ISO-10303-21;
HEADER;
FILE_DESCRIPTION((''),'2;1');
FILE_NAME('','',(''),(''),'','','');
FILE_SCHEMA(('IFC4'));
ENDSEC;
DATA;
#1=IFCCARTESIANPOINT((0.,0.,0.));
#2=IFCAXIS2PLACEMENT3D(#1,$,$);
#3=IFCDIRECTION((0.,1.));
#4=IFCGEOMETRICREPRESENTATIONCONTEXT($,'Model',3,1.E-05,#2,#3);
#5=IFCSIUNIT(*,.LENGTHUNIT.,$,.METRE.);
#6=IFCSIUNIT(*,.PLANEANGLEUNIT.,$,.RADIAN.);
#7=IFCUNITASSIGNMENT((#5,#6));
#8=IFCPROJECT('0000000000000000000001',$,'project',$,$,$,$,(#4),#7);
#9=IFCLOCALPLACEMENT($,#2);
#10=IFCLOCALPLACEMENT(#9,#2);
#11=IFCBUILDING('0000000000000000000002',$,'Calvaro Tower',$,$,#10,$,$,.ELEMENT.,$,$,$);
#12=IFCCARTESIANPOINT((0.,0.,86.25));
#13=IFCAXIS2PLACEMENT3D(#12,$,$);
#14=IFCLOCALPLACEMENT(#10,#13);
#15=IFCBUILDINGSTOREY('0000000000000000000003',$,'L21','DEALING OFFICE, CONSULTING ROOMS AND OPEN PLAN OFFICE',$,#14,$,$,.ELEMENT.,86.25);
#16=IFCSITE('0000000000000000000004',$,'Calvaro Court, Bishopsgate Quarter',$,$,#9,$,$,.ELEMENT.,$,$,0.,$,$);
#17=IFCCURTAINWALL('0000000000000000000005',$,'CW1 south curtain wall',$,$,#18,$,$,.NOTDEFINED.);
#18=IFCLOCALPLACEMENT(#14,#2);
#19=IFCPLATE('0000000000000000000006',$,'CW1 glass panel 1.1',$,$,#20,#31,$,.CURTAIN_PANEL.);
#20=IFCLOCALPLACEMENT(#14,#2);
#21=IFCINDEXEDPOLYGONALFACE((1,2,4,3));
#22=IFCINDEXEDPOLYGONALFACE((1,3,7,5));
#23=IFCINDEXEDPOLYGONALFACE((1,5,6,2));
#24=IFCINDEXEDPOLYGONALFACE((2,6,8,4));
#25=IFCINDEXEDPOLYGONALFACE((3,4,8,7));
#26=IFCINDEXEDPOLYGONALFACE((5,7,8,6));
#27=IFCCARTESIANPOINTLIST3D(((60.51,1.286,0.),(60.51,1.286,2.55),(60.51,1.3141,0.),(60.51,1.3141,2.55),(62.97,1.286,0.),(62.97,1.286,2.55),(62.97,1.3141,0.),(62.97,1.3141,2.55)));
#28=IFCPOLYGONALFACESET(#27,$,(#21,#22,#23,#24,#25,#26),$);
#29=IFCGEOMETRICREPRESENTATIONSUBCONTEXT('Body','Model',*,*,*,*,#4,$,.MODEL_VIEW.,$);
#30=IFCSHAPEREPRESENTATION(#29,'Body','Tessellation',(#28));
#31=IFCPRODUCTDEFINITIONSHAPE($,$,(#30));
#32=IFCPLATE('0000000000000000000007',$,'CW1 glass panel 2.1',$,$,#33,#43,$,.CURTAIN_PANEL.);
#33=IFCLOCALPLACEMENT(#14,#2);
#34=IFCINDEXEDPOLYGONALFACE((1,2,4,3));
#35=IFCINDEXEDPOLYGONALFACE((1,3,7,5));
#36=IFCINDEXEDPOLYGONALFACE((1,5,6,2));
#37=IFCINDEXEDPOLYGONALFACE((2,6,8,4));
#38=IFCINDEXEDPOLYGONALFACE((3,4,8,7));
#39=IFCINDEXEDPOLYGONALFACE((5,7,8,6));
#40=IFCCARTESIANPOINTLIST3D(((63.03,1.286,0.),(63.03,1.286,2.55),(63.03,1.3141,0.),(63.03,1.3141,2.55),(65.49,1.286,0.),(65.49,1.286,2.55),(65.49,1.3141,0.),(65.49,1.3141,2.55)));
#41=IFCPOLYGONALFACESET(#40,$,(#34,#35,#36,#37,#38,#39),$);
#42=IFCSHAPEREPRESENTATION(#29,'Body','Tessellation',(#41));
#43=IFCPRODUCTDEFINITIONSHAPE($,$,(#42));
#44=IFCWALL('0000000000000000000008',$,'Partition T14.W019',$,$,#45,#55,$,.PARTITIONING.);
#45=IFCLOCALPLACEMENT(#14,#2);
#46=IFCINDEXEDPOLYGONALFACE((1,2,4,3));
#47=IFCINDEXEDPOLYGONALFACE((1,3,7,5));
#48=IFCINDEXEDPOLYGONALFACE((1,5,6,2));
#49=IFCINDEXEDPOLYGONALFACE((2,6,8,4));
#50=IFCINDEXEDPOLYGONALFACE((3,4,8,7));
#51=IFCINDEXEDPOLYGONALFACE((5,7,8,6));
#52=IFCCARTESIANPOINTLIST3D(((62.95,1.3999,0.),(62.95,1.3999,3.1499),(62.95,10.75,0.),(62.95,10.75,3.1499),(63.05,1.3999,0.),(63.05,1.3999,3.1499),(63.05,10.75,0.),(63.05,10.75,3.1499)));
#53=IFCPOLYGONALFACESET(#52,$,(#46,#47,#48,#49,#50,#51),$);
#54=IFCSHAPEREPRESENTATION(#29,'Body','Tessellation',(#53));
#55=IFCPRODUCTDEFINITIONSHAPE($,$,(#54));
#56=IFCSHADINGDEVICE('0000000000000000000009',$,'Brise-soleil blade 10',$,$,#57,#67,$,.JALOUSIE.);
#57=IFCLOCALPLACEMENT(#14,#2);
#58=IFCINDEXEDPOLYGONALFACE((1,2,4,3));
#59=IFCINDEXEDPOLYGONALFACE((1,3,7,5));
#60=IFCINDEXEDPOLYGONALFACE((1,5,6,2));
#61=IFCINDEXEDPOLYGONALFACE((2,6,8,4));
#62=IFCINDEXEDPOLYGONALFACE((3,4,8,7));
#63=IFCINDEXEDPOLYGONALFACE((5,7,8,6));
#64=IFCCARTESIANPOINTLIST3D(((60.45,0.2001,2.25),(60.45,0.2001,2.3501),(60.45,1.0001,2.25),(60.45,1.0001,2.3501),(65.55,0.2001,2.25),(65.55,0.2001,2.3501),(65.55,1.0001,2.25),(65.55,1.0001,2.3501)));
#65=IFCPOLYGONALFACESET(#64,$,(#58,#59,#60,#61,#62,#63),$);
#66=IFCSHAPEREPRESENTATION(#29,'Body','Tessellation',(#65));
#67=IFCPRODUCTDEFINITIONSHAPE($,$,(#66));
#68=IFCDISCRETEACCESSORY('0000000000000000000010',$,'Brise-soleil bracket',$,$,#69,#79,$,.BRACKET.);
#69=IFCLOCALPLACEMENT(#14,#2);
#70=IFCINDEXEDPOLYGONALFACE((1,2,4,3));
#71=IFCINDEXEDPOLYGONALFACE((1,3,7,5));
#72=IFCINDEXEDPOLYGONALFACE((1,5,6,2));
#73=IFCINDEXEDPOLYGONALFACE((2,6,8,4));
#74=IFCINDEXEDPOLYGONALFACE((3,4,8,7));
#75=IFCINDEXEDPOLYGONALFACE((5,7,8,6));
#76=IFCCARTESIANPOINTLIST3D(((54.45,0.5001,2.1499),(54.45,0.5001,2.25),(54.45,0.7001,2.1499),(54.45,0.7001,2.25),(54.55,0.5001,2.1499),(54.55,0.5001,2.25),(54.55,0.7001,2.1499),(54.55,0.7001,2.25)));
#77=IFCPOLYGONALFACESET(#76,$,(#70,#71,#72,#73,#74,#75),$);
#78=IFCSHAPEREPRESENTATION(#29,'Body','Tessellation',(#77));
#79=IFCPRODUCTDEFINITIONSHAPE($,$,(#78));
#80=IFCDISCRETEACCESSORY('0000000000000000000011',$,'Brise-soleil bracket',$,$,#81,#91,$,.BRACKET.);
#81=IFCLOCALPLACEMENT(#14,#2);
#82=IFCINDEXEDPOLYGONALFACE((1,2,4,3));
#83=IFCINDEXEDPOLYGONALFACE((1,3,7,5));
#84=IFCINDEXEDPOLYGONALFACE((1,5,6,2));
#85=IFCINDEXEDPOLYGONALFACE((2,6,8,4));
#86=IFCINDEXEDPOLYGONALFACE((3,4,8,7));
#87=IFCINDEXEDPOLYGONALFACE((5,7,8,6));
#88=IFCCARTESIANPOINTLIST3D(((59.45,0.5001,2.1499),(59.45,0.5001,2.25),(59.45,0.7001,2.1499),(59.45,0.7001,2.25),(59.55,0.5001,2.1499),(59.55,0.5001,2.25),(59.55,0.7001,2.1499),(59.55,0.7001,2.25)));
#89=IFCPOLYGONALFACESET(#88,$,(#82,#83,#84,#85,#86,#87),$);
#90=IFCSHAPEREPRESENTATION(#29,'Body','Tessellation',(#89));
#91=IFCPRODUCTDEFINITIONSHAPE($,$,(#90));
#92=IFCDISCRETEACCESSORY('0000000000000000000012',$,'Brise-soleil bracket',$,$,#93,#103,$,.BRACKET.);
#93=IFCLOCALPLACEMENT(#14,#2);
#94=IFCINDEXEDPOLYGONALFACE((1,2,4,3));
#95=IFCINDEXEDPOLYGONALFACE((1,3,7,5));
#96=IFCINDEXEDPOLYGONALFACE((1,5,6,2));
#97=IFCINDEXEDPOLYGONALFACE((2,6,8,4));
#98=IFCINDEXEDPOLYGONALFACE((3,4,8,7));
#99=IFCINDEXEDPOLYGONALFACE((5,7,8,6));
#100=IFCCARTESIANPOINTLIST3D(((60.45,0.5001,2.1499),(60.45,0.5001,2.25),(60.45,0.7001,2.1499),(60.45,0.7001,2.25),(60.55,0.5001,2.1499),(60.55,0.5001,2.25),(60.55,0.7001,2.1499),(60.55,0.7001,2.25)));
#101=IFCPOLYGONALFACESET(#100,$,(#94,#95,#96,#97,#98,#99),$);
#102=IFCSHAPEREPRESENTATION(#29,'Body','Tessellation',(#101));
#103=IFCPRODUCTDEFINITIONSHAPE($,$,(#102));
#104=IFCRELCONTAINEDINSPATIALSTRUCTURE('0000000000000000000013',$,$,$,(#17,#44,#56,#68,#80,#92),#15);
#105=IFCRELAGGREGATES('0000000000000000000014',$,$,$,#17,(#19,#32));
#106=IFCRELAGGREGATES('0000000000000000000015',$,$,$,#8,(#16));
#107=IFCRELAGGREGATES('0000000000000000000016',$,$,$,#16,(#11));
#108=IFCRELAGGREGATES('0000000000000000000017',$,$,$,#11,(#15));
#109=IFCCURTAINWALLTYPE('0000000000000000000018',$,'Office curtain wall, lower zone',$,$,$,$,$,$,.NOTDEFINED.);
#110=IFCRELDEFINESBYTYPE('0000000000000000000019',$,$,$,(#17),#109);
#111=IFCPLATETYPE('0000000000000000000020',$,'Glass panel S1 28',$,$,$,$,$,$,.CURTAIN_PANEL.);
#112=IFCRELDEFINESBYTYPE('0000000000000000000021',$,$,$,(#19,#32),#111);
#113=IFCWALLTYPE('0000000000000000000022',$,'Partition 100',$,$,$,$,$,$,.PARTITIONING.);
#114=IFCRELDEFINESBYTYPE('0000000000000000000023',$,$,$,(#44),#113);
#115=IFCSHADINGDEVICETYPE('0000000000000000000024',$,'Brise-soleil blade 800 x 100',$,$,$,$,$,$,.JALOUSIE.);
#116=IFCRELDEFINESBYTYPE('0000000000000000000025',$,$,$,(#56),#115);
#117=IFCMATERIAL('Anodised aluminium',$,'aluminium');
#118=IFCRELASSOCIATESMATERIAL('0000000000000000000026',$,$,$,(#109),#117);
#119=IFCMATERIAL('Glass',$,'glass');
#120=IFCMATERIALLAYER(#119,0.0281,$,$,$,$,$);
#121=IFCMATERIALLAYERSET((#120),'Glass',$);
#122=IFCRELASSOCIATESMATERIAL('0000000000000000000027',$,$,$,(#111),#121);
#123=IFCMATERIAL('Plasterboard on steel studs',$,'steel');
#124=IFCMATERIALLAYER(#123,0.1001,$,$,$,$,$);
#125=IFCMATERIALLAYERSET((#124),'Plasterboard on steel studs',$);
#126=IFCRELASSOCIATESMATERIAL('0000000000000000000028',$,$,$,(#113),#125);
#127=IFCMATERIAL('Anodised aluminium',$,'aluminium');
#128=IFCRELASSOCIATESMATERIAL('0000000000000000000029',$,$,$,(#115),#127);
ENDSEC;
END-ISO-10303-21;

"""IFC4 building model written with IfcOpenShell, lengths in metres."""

from ifc_helpers import new_model, si_unit, direction, frame, frame_2d, origin, origin_2d, place, context, subcontext, project, spatial, rectangle, extrude, material, layer, layer_set, material_profile, profile_set, type_object, element, aggregate, save


model = new_model("IFC4")

# Units and contexts
model_context = context("Model", 3, precision=1e-05, world=origin(), true_north=direction((0.0, 1.0)))
body_context = subcontext(model_context, "Body", "Model", "MODEL_VIEW")
ifc_project = project(units=[si_unit("LENGTHUNIT", "METRE"), si_unit("PLANEANGLEUNIT", "RADIAN")], contexts=[model_context])

# Site, building, storey
site_placement = place(None, origin())
site = spatial("IfcSite", under=ifc_project, at=site_placement, Name="Calvaro Court, Bishopsgate Quarter", CompositionType="ELEMENT", RefElevation=0.0)
building_placement = place(site_placement, origin())
building = spatial("IfcBuilding", under=site, at=building_placement, Name="Calvaro Tower", CompositionType="ELEMENT")
storey_placement = place(building_placement, frame((0.0, 0.0, 86.25)))
storey = spatial("IfcBuildingStorey", under=building, at=storey_placement, Name="L21", Description="DEALING OFFICE, CONSULTING ROOMS AND OPEN PLAN OFFICE", CompositionType="ELEMENT", Elevation=86.25)

# Curtain wall
ifc_material_1 = material(Name="Anodised aluminium", Category="aluminium")
curtain_wall_type = type_object("IfcCurtainWallType", Name="Office curtain wall, lower zone", PredefinedType="NOTDEFINED", material=ifc_material_1)
curtain_wall_1_placement = place(storey_placement, origin())
curtain_wall_1 = element("IfcCurtainWall", 1, at=curtain_wall_1_placement, inside=storey, type_object=curtain_wall_type, Name="CW1 south curtain wall", PredefinedType="NOTDEFINED")

# Plates
ifc_material_2 = material(Name="Glass", Category="glass")
ifc_layer_1 = layer(ifc_material_2, 0.0281)
ifc_layer_set_1 = layer_set([ifc_layer_1], Name="Glass")
plate_type = type_object("IfcPlateType", Name="Glass panel S1 28", PredefinedType="CURTAIN_PANEL", material=ifc_layer_set_1)
plate_1_placement = place(storey_placement, frame((61.74, 1.3, 0.0), z_axis=(0.0, 0.0, 1.0), x_axis=(1.0, 0.0, 0.0)))
plate_1 = element("IfcPlate", 2, at=plate_1_placement, type_object=plate_type, Name="CW1 glass panel 1.1", PredefinedType="CURTAIN_PANEL", context=body_context, shape_type="SweptSolid", body=[
    extrude(rectangle(XDim=2.46, YDim=0.0281, at=origin_2d()), origin(), (0.0, 0.0, 1.0), 2.55),
])
plate_2_placement = place(storey_placement, frame((64.26, 1.3, 0.0), z_axis=(0.0, 0.0, 1.0), x_axis=(1.0, 0.0, 0.0)))
plate_2 = element("IfcPlate", 3, at=plate_2_placement, type_object=plate_type, Name="CW1 glass panel 2.1", PredefinedType="CURTAIN_PANEL", context=body_context, shape_type="SweptSolid", body=[
    extrude(rectangle(XDim=2.46, YDim=0.0281, at=origin_2d()), origin(), (0.0, 0.0, 1.0), 2.55),
])
aggregate(curtain_wall_1, [plate_1, plate_2])

# Wall
ifc_material_3 = material(Name="Plasterboard on steel studs", Category="steel")
ifc_layer_2 = layer(ifc_material_3, 0.1001)
ifc_layer_set_2 = layer_set([ifc_layer_2], Name="Plasterboard on steel studs")
wall_type = type_object("IfcWallType", Name="Partition 100", PredefinedType="PARTITIONING", material=ifc_layer_set_2)
wall_placement = place(storey_placement, frame((63.0, 1.3999, 0.0), z_axis=(0.0, 0.0, 1.0), x_axis=(0.0, 1.0, 0.0)))
element("IfcWall", 4, at=wall_placement, inside=storey, type_object=wall_type, Name="Partition T14.W019", PredefinedType="PARTITIONING", context=body_context, shape_type="SweptSolid", body=[
    extrude(rectangle(XDim=9.3501, YDim=0.1001, at=frame_2d((4.675, 0.0))), origin(), (0.0, 0.0, 1.0), 3.1499),
])

# Shading device
ifc_material_4 = material(Name="Anodised aluminium", Category="aluminium")
ifc_material_profile_1 = material_profile(ifc_material_4, rectangle(XDim=0.8, YDim=0.1001, at=origin_2d()), Name="Brise-soleil blade 800 x 100")
ifc_profile_set_1 = profile_set([ifc_material_profile_1], Name="Anodised aluminium")
shading_device_type = type_object("IfcShadingDeviceType", Name="Brise-soleil blade 800 x 100", PredefinedType="JALOUSIE", material=ifc_profile_set_1)
shading_device_placement = place(storey_placement, frame((60.45, 0.6001, 2.3), z_axis=(1.0, 0.0, 0.0), x_axis=(0.0, 1.0, 0.0)))
element("IfcShadingDevice", 5, at=shading_device_placement, inside=storey, type_object=shading_device_type, Name="Brise-soleil blade 10", PredefinedType="JALOUSIE", context=body_context, shape_type="SweptSolid", body=[
    extrude(rectangle(XDim=0.8, YDim=0.1001, at=origin_2d()), origin(), (0.0, 0.0, 1.0), 5.1001),
])

# Discrete accessories
for number, where, z_axis, x_axis, name in (
    (6, (54.5, 0.6001, 2.1499), (0.0, 0.0, 1.0), (1.0, 0.0, 0.0), "Brise-soleil bracket"),
    (7, (59.5, 0.6001, 2.1499), (0.0, 0.0, 1.0), (1.0, 0.0, 0.0), "Brise-soleil bracket"),
    (8, (60.5, 0.6001, 2.1499), (0.0, 0.0, 1.0), (1.0, 0.0, 0.0), "Brise-soleil bracket"),
):
    element("IfcDiscreteAccessory", number, at=place(storey_placement, frame(where, z_axis=z_axis, x_axis=x_axis)), inside=storey, Name=name, PredefinedType="BRACKET", context=body_context, shape_type="SweptSolid", body=[
        extrude(rectangle(XDim=0.1001, YDim=0.2, at=origin_2d()), origin(), (0.0, 0.0, 1.0), 0.1001),
    ])

save(model, "model.ifc")
